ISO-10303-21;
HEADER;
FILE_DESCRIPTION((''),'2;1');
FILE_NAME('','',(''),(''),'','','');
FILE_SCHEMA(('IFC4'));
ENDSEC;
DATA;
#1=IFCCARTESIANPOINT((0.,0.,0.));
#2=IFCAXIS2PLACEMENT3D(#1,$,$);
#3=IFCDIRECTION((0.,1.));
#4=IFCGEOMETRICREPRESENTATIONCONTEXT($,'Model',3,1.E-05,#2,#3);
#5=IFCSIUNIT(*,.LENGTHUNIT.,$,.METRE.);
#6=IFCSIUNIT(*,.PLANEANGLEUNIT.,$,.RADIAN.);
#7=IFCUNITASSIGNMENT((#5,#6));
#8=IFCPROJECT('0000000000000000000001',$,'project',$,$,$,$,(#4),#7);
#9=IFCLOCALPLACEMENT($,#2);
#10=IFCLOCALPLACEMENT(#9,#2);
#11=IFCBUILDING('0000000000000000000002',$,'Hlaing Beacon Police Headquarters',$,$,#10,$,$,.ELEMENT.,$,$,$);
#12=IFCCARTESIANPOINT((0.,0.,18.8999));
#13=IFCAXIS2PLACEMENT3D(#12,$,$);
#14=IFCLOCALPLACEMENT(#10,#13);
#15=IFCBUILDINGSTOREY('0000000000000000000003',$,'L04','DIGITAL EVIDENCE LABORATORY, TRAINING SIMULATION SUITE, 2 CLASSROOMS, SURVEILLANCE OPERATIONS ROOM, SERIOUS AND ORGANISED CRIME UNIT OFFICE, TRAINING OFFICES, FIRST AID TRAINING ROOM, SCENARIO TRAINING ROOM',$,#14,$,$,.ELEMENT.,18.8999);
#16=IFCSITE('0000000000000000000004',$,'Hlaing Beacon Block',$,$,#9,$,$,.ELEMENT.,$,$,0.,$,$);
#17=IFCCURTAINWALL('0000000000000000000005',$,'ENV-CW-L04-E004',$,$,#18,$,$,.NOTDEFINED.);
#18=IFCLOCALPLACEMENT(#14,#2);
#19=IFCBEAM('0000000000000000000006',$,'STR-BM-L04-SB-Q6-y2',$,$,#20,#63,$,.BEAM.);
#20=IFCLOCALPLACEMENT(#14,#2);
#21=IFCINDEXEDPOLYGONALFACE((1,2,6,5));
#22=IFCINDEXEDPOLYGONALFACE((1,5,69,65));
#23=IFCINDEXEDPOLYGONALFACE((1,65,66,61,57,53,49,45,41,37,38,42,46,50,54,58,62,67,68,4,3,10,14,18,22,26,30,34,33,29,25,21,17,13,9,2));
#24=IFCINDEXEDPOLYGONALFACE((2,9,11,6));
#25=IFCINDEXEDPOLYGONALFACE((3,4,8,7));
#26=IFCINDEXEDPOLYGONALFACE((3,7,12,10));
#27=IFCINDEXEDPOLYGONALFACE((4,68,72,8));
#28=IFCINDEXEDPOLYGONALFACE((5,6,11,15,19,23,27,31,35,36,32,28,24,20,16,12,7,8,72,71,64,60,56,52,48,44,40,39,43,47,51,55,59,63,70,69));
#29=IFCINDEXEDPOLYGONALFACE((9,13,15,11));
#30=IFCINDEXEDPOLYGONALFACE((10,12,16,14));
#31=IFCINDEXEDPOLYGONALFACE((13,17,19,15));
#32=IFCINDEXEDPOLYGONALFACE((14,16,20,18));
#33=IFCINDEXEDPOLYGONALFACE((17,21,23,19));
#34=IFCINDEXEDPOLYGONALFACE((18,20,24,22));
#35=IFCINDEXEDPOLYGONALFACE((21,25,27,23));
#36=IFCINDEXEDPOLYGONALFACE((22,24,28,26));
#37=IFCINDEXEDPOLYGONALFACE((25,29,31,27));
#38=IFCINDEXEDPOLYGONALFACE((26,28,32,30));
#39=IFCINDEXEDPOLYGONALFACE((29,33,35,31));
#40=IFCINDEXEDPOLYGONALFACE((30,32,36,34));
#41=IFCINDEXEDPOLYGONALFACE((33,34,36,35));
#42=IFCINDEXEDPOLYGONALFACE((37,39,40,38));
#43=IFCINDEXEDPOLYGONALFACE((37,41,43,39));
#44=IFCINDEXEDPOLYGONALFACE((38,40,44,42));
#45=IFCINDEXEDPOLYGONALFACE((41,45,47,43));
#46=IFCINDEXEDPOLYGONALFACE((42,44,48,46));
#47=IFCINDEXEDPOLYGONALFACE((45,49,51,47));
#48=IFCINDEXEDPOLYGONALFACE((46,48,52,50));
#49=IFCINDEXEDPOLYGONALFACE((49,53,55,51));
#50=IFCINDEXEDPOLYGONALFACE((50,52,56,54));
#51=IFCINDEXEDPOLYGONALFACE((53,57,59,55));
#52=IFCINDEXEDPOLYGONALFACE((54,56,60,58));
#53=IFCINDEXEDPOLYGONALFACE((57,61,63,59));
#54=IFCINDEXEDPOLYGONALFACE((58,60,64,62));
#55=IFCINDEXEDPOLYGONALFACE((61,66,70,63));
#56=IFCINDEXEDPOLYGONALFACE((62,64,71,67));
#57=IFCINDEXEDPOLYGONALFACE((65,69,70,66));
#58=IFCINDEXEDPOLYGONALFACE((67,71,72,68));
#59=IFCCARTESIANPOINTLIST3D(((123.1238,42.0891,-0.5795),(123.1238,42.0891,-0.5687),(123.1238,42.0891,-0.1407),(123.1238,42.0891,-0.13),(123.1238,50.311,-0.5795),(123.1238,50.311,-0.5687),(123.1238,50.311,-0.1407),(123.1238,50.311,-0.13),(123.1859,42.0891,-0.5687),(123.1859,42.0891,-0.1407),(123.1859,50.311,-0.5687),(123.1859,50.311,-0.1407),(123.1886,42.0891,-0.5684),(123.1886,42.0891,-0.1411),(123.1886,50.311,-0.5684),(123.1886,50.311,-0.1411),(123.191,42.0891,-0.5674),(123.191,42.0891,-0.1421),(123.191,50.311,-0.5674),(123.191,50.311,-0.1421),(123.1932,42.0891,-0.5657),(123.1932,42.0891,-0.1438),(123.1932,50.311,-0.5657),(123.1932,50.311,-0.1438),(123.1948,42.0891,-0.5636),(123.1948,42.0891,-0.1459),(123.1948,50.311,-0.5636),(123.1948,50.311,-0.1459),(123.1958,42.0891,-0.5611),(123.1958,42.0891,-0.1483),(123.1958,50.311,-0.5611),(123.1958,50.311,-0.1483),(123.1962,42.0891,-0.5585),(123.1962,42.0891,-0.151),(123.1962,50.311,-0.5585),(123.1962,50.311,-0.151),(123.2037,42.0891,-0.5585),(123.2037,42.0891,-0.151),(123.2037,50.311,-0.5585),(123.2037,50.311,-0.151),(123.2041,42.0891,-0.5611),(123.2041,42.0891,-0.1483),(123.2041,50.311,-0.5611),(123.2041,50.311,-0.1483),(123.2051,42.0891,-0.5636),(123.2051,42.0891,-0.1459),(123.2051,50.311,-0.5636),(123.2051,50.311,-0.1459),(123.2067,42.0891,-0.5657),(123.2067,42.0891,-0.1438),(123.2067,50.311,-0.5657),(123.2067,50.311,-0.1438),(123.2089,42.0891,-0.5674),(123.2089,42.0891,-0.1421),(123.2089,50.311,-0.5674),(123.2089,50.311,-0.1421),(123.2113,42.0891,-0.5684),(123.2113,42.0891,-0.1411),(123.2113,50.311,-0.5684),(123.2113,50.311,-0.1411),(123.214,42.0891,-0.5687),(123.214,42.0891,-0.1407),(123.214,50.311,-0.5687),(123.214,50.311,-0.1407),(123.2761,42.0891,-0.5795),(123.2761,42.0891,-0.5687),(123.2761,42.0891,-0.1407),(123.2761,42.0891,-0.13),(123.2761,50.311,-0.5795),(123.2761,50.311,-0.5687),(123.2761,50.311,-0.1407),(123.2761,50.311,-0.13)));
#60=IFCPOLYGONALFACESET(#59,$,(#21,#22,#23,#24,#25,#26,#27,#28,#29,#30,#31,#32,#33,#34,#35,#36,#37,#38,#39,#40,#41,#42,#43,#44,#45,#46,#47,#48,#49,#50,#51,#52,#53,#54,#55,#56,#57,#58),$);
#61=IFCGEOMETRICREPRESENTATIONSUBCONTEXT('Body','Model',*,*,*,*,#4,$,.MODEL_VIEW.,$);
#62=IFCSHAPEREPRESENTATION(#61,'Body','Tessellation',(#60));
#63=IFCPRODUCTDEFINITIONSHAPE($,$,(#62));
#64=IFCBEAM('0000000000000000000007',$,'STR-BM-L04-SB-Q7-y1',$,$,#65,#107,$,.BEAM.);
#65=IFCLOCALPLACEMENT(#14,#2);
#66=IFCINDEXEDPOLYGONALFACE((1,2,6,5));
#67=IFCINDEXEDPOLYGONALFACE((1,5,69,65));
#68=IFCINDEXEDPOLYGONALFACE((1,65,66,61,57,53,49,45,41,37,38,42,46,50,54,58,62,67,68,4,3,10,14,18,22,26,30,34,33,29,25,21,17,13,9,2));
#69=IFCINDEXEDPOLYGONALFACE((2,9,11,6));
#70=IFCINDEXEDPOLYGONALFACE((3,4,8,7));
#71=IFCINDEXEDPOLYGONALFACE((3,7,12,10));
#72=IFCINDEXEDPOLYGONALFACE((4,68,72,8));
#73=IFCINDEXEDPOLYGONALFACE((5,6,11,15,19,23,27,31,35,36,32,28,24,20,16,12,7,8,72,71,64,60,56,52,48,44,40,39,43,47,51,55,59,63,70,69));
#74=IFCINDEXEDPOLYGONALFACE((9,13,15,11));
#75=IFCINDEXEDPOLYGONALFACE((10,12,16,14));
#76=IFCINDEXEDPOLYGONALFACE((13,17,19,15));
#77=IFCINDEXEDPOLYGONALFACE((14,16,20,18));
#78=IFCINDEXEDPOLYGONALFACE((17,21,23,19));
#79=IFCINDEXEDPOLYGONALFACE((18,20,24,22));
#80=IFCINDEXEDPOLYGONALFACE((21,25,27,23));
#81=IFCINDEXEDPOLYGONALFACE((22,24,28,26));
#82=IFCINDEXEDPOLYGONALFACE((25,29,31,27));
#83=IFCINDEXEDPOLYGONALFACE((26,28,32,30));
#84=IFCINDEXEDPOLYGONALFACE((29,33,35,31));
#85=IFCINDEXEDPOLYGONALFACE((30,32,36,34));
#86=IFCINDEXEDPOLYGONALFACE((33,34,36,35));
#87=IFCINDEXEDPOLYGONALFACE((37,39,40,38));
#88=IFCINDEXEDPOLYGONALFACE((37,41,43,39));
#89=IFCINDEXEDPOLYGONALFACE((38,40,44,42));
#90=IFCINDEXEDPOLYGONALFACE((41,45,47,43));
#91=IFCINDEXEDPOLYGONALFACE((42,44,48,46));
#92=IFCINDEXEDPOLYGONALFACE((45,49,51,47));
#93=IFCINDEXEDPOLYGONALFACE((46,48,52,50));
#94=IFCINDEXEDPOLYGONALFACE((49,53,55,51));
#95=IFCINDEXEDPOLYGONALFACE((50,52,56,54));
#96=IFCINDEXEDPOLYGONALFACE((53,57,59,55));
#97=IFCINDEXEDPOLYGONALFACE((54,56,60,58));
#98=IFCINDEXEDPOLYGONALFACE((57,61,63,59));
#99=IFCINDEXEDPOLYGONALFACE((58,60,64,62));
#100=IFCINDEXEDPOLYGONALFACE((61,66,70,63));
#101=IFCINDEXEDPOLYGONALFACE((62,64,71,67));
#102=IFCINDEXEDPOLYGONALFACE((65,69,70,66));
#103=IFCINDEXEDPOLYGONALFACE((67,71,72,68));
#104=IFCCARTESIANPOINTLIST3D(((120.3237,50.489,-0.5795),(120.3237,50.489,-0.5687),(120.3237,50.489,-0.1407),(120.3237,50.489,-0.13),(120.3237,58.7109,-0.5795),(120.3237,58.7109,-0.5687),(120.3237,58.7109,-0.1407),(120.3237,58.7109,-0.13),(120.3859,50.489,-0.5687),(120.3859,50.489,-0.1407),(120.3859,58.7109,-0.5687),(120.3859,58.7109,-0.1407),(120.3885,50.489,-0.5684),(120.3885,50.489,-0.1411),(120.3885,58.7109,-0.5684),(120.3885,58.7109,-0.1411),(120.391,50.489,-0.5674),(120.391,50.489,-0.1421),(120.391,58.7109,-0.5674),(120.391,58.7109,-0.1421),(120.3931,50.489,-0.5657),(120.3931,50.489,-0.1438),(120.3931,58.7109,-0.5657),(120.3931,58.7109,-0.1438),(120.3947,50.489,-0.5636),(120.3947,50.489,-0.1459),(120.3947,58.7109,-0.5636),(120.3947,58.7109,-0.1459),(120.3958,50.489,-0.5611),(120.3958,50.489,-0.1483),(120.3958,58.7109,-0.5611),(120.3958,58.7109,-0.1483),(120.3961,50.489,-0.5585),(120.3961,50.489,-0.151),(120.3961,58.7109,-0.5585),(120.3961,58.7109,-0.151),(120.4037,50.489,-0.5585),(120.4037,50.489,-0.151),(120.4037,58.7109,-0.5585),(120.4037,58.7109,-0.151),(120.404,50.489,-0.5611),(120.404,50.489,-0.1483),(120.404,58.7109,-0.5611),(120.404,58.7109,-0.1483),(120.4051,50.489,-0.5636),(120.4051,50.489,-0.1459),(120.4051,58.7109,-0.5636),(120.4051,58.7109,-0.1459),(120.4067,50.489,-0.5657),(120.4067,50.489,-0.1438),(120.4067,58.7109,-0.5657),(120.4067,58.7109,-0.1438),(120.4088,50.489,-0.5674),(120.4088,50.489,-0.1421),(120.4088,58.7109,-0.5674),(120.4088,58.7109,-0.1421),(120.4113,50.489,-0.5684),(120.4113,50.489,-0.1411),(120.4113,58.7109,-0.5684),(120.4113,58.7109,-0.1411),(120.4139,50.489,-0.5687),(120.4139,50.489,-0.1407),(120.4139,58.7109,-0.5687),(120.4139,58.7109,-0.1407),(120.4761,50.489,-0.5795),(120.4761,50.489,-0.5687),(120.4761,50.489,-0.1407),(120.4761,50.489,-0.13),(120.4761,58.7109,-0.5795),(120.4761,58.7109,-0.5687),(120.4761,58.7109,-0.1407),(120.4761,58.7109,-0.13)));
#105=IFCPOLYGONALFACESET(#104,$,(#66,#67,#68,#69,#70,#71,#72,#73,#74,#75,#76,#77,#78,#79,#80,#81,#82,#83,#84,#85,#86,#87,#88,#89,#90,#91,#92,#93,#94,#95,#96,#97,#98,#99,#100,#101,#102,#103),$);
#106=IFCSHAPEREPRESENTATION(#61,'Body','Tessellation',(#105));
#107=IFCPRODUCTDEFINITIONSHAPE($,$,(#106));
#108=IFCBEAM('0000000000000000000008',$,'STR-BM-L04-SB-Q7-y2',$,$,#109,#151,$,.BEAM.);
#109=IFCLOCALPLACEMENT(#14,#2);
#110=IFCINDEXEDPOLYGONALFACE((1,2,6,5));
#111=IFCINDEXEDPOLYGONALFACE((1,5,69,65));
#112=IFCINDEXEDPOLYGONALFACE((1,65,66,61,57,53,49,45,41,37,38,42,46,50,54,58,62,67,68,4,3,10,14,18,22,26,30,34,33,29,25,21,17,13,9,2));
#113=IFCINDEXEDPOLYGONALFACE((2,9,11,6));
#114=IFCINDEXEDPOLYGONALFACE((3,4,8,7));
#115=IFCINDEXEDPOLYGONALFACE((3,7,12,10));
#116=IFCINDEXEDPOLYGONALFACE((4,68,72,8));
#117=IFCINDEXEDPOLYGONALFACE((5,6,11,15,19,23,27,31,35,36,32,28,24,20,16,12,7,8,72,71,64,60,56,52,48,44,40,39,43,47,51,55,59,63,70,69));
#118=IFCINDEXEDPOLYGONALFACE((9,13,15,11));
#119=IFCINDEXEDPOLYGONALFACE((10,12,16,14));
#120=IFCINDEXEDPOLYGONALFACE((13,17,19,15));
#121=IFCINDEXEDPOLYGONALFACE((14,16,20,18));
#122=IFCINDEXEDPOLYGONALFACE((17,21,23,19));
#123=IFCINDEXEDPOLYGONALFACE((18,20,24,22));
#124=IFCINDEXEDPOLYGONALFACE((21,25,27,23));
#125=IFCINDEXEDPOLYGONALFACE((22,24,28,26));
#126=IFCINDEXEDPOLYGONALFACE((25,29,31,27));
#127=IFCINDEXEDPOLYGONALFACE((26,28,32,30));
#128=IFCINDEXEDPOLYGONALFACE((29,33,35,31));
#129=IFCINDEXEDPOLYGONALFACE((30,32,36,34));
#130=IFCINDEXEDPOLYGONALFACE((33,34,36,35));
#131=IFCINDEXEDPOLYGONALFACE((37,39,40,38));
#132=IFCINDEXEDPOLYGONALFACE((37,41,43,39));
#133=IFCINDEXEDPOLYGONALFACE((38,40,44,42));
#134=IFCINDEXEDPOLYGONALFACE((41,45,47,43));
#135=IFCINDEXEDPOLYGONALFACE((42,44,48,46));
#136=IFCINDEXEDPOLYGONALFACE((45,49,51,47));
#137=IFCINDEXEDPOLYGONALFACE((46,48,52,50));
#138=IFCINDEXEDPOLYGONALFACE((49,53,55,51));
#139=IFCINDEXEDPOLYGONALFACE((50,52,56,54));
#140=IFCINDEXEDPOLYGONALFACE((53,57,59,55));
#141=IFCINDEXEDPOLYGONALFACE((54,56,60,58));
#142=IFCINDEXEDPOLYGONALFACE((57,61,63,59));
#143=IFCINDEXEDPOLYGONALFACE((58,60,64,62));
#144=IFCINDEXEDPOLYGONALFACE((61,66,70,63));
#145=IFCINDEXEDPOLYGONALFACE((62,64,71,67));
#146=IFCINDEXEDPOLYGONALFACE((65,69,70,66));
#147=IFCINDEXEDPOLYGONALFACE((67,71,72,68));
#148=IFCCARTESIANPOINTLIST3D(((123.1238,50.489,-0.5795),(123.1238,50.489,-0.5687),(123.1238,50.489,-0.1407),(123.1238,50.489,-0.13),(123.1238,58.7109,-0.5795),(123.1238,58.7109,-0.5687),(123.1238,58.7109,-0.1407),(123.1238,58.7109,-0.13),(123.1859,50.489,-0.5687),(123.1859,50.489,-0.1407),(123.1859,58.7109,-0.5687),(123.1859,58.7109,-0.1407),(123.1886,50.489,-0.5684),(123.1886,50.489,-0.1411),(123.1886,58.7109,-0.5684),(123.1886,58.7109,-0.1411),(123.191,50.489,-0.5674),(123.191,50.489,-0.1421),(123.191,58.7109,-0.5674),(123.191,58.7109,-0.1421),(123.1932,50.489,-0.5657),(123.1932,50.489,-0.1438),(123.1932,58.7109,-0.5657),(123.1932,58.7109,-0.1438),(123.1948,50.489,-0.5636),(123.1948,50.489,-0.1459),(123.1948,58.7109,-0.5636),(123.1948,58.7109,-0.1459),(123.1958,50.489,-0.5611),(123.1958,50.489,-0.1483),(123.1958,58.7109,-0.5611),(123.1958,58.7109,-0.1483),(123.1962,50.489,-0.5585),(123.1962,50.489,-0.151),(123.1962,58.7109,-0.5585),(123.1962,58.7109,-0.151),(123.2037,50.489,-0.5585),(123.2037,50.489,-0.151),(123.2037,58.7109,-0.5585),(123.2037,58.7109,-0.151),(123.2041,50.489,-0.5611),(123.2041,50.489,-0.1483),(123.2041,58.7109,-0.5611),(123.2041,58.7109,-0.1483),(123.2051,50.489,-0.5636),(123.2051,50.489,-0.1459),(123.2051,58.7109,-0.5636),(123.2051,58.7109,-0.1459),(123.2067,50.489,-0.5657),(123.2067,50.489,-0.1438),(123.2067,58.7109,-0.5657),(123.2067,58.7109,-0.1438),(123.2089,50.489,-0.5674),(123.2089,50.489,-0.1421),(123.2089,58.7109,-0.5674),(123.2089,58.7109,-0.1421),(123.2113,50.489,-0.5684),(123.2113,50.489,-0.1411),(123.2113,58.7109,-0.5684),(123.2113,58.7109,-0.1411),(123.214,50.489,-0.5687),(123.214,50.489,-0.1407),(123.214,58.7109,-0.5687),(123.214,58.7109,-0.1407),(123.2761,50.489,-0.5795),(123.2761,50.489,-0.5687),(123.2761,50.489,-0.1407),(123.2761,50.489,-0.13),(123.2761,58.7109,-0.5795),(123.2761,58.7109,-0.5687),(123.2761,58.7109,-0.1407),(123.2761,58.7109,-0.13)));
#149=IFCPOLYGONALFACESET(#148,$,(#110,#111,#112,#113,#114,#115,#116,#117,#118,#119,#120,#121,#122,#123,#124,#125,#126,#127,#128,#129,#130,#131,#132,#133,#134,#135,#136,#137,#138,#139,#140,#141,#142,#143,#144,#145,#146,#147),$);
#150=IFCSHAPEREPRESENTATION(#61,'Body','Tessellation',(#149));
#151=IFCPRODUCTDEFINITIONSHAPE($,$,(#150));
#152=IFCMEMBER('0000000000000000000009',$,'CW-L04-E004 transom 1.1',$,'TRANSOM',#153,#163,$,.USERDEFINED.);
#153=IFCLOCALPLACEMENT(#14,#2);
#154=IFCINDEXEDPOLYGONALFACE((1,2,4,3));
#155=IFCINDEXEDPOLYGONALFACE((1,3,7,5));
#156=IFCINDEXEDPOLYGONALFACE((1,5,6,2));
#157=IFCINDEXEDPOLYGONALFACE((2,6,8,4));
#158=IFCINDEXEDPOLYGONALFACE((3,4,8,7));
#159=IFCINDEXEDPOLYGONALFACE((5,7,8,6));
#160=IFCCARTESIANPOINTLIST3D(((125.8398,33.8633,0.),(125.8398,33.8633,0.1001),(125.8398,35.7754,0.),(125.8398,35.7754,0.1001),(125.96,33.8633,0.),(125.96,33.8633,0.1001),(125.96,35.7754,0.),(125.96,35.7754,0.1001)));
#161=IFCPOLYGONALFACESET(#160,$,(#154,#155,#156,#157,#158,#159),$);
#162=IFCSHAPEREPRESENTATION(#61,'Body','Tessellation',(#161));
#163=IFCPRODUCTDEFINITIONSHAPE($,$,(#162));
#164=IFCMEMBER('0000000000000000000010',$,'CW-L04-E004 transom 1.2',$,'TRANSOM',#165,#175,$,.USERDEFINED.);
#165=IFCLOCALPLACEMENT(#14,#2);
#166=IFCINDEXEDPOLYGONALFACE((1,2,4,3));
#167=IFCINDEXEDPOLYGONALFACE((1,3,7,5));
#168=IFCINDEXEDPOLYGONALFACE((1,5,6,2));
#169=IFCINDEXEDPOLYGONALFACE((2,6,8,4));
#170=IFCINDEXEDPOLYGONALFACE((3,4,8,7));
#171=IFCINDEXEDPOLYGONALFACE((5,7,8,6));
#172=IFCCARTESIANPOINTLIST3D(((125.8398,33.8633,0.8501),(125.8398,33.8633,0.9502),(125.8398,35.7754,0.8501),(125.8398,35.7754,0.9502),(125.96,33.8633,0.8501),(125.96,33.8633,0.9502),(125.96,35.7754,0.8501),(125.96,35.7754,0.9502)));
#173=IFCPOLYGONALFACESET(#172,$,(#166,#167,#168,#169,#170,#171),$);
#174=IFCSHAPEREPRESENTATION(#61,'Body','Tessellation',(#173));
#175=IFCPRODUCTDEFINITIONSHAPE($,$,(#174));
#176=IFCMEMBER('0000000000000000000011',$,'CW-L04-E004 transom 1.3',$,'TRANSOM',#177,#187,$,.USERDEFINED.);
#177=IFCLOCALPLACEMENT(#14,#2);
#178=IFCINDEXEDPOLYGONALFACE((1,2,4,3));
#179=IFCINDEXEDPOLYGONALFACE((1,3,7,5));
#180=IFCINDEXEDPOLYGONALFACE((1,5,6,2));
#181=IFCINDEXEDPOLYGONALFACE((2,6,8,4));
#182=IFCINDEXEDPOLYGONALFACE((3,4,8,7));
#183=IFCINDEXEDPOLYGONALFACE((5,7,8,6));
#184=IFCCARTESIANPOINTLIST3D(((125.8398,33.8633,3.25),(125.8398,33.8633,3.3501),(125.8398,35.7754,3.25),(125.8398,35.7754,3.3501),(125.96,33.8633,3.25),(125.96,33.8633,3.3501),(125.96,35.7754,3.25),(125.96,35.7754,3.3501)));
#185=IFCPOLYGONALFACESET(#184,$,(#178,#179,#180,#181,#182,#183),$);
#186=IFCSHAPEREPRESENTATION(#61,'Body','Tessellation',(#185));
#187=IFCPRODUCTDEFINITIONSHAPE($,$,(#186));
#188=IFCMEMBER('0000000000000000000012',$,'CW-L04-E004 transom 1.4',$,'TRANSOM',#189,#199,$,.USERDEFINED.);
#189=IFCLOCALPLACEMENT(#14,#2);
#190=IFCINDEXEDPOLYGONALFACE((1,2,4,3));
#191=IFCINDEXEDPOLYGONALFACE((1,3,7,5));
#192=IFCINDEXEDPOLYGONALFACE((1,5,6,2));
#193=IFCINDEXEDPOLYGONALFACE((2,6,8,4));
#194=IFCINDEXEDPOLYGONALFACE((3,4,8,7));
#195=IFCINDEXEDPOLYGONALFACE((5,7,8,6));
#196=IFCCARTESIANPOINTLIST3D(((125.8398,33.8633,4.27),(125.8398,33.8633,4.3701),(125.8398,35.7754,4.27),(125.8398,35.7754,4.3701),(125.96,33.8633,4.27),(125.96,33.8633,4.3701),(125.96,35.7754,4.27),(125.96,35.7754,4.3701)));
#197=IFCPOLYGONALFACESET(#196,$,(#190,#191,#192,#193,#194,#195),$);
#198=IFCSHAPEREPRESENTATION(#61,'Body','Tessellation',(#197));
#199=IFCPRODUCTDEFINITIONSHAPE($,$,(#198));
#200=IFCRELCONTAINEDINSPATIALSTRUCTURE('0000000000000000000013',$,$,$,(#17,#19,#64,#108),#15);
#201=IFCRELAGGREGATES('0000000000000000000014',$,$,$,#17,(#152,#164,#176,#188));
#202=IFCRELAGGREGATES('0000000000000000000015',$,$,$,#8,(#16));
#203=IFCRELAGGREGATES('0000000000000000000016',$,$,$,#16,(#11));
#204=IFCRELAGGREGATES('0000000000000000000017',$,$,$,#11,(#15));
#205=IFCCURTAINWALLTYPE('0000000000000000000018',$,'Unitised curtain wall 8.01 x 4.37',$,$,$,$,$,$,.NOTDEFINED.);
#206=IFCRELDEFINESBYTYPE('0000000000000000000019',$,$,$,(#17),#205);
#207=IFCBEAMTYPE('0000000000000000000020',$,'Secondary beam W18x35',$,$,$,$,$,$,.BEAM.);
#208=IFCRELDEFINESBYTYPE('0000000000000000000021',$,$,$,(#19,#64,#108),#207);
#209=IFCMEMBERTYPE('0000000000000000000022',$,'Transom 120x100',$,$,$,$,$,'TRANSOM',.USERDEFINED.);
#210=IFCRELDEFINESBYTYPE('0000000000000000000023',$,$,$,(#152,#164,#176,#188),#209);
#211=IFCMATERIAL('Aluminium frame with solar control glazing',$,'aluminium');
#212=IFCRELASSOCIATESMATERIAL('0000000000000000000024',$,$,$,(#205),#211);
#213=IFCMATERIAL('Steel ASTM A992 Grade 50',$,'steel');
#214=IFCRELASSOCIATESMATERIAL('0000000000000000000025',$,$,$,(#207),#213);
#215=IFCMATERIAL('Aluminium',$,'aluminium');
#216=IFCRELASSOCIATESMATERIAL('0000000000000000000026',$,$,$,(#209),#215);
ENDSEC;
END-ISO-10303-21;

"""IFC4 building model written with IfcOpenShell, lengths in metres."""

from ifc_helpers import new_model, si_unit, direction, frame, origin, origin_2d, place, context, subcontext, project, spatial, rectangle, i_section, extrude, material, material_profile, profile_set, type_object, element, aggregate, save


model = new_model("IFC4")

# Units and contexts
model_context = context("Model", 3, precision=1e-05, world=origin(), true_north=direction((0.0, 1.0)))
body_context = subcontext(model_context, "Body", "Model", "MODEL_VIEW")
ifc_project = project(units=[si_unit("LENGTHUNIT", "METRE"), si_unit("PLANEANGLEUNIT", "RADIAN")], contexts=[model_context])

# Site, building, storey
site_placement = place(None, origin())
site = spatial("IfcSite", under=ifc_project, at=site_placement, Name="Hlaing Beacon Block", CompositionType="ELEMENT", RefElevation=0.0)
building_placement = place(site_placement, origin())
building = spatial("IfcBuilding", under=site, at=building_placement, Name="Hlaing Beacon Police Headquarters", CompositionType="ELEMENT")
storey_placement = place(building_placement, frame((0.0, 0.0, 18.8999)))
storey = spatial("IfcBuildingStorey", under=building, at=storey_placement, Name="L04", Description="DIGITAL EVIDENCE LABORATORY, TRAINING SIMULATION SUITE, 2 CLASSROOMS, SURVEILLANCE OPERATIONS ROOM, SERIOUS AND ORGANISED CRIME UNIT OFFICE, TRAINING OFFICES, FIRST AID TRAINING ROOM, SCENARIO TRAINING ROOM", CompositionType="ELEMENT", Elevation=18.8999)

# Curtain wall
ifc_material_1 = material(Name="Aluminium frame with solar control glazing", Category="aluminium")
curtain_wall_type = type_object("IfcCurtainWallType", Name="Unitised curtain wall 8.01 x 4.37", PredefinedType="NOTDEFINED", material=ifc_material_1)
curtain_wall_placement = place(storey_placement, origin())
curtain_wall = element("IfcCurtainWall", 1, at=curtain_wall_placement, inside=storey, type_object=curtain_wall_type, Name="ENV-CW-L04-E004", PredefinedType="NOTDEFINED")

# Beams
ifc_material_2 = material(Name="Steel ASTM A992 Grade 50", Category="steel")
ifc_material_profile_1 = material_profile(ifc_material_2, i_section(OverallWidth=0.1523, OverallDepth=0.4495, WebThickness=0.0076, FlangeThickness=0.0107, FilletRadius=0.0103, at=origin_2d()), Name="W18x35")
ifc_profile_set_1 = profile_set([ifc_material_profile_1], Name="Steel ASTM A992 Grade 50")
beam_type = type_object("IfcBeamType", Name="Secondary beam W18x35", PredefinedType="BEAM", material=ifc_profile_set_1)
for number, where, z_axis, x_axis, name in (
    (2, (123.2, 42.0891, -0.3547), (0.0, 1.0, 0.0), (-1.0, 0.0, 0.0), "STR-BM-L04-SB-Q6-y2"),
    (3, (120.3999, 50.489, -0.3547), (0.0, 1.0, 0.0), (-1.0, 0.0, 0.0), "STR-BM-L04-SB-Q7-y1"),
    (4, (123.2, 50.489, -0.3547), (0.0, 1.0, 0.0), (-1.0, 0.0, 0.0), "STR-BM-L04-SB-Q7-y2"),
):
    element("IfcBeam", number, at=place(storey_placement, frame(where, z_axis=z_axis, x_axis=x_axis)), inside=storey, type_object=beam_type, Name=name, PredefinedType="BEAM", context=body_context, shape_type="SweptSolid", body=[
        extrude(i_section(OverallWidth=0.1523, OverallDepth=0.4495, WebThickness=0.0076, FlangeThickness=0.0107, FilletRadius=0.0103, at=origin_2d()), origin(), (0.0, 0.0, 1.0), 8.2219),
    ])

# Members
ifc_material_3 = material(Name="Aluminium", Category="aluminium")
ifc_material_profile_2 = material_profile(ifc_material_3, rectangle(XDim=0.1201, YDim=0.1001, at=origin_2d()), Name="Transom 120x100")
ifc_profile_set_2 = profile_set([ifc_material_profile_2], Name="Aluminium")
member_type_1 = type_object("IfcMemberType", Name="Transom 120x100", ElementType="TRANSOM", PredefinedType="USERDEFINED", material=ifc_profile_set_2)
member_1_placement = place(storey_placement, frame((125.8999, 33.8633, 0.05), z_axis=(0.0, 1.0, 0.0), x_axis=(-1.0, 0.0, 0.0)))
member_1 = element("IfcMember", 5, at=member_1_placement, type_object=member_type_1, Name="CW-L04-E004 transom 1.1", ObjectType="TRANSOM", PredefinedType="USERDEFINED", context=body_context, shape_type="SweptSolid", body=[
    extrude(rectangle(XDim=0.1201, YDim=0.1001, at=origin_2d()), origin(), (0.0, 0.0, 1.0), 1.9121),
])
member_2_placement = place(storey_placement, frame((125.8999, 33.8633, 0.9001), z_axis=(0.0, 1.0, 0.0), x_axis=(-1.0, 0.0, 0.0)))
member_2 = element("IfcMember", 6, at=member_2_placement, type_object=member_type_1, Name="CW-L04-E004 transom 1.2", ObjectType="TRANSOM", PredefinedType="USERDEFINED", context=body_context, shape_type="SweptSolid", body=[
    extrude(rectangle(XDim=0.1201, YDim=0.1001, at=origin_2d()), origin(), (0.0, 0.0, 1.0), 1.9121),
])
member_3_placement = place(storey_placement, frame((125.8999, 33.8633, 3.3), z_axis=(0.0, 1.0, 0.0), x_axis=(-1.0, 0.0, 0.0)))
member_3 = element("IfcMember", 7, at=member_3_placement, type_object=member_type_1, Name="CW-L04-E004 transom 1.3", ObjectType="TRANSOM", PredefinedType="USERDEFINED", context=body_context, shape_type="SweptSolid", body=[
    extrude(rectangle(XDim=0.1201, YDim=0.1001, at=origin_2d()), origin(), (0.0, 0.0, 1.0), 1.9121),
])
member_4_placement = place(storey_placement, frame((125.8999, 33.8633, 4.3201), z_axis=(0.0, 1.0, 0.0), x_axis=(-1.0, 0.0, 0.0)))
member_4 = element("IfcMember", 8, at=member_4_placement, type_object=member_type_1, Name="CW-L04-E004 transom 1.4", ObjectType="TRANSOM", PredefinedType="USERDEFINED", context=body_context, shape_type="SweptSolid", body=[
    extrude(rectangle(XDim=0.1201, YDim=0.1001, at=origin_2d()), origin(), (0.0, 0.0, 1.0), 1.9121),
])

aggregate(curtain_wall, [member_1, member_2, member_3, member_4])

save(model, "model.ifc")
